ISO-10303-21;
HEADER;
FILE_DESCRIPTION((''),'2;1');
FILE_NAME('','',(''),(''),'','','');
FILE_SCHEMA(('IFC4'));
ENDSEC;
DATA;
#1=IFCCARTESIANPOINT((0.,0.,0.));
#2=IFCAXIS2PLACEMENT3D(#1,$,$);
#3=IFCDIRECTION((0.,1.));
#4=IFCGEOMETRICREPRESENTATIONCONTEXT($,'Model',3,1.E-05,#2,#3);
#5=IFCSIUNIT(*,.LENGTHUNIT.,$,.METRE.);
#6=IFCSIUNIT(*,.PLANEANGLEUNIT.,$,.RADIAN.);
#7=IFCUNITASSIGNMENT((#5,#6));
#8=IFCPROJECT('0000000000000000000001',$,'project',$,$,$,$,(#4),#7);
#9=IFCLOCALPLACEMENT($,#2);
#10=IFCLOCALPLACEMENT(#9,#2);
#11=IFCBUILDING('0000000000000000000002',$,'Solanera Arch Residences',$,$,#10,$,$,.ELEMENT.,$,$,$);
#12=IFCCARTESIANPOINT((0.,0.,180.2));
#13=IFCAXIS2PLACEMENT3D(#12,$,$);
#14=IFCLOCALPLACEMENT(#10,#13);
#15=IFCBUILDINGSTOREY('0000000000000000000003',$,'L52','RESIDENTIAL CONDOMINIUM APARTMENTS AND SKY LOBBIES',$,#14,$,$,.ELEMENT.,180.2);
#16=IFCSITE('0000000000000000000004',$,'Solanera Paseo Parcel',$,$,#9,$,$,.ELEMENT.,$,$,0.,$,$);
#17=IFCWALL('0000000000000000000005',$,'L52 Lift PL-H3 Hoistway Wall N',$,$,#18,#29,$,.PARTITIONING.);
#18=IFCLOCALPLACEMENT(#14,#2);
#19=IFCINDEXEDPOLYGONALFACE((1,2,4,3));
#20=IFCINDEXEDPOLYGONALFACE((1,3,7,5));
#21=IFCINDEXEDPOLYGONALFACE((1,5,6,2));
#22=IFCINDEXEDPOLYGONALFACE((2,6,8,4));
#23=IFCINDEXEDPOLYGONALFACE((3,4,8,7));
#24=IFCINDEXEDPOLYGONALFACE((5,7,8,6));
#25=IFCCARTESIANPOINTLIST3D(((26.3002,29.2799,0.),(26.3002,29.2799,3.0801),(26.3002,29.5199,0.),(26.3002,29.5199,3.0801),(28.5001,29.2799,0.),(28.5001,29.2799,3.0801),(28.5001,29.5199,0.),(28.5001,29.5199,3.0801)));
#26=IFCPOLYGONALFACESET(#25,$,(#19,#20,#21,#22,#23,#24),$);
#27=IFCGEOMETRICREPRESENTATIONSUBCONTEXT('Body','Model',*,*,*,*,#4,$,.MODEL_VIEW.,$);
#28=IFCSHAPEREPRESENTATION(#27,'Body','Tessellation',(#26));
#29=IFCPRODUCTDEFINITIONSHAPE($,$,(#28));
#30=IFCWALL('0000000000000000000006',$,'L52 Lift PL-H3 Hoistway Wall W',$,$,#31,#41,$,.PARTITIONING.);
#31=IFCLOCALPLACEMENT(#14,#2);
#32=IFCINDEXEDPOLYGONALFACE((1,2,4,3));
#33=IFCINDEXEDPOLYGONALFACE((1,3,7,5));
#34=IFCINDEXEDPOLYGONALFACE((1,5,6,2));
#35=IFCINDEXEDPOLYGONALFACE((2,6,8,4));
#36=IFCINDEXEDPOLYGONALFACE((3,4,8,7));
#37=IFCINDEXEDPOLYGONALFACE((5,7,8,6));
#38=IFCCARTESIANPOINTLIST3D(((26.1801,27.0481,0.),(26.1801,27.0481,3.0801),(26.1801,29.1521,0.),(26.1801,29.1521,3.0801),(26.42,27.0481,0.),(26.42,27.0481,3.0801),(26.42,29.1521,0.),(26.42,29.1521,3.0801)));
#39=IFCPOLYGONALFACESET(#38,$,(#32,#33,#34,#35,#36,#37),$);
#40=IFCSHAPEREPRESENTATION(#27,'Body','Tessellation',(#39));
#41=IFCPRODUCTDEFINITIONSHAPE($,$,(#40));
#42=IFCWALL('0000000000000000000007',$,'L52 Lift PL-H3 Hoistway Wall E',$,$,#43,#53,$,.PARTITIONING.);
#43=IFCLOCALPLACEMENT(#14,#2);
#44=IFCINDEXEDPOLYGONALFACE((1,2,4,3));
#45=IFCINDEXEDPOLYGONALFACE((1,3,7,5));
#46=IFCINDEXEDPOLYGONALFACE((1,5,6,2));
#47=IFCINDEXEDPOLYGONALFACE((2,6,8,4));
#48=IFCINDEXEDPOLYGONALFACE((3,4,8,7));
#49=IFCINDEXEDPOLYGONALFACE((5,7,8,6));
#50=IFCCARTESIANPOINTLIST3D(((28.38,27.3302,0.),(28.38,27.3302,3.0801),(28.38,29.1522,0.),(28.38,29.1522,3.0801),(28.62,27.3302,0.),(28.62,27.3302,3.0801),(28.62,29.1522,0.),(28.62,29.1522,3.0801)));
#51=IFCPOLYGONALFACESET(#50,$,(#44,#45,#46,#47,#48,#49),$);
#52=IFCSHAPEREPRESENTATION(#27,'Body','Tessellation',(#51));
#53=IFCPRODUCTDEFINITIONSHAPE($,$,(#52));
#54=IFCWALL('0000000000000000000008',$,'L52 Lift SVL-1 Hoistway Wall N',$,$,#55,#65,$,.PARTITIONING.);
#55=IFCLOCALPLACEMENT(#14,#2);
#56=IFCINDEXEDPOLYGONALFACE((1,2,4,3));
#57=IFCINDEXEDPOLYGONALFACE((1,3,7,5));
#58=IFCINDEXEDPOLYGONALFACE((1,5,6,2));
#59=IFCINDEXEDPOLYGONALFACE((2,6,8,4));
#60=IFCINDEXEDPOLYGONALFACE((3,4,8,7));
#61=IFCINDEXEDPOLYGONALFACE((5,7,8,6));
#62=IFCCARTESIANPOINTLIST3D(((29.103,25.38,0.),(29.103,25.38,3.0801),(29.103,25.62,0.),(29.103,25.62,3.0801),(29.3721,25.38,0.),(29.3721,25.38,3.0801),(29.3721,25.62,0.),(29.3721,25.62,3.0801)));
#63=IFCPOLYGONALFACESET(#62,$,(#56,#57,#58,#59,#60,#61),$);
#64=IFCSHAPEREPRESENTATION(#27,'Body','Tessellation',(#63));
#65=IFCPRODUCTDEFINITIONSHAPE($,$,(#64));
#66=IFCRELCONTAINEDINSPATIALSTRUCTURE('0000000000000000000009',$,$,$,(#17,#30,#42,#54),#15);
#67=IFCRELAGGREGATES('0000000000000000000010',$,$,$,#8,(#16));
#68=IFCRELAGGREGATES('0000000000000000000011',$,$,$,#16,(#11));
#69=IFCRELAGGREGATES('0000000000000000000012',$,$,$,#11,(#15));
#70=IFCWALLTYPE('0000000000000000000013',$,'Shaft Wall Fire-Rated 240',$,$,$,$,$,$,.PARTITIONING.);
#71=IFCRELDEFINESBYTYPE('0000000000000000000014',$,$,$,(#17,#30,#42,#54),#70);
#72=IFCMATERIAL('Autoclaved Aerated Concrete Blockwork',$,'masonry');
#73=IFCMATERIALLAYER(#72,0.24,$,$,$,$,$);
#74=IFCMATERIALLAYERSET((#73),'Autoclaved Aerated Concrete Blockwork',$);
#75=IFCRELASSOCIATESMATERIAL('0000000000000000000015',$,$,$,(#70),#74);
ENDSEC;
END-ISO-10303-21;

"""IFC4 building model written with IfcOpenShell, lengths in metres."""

from ifc_helpers import new_model, si_unit, direction, frame, frame_2d, origin, place, context, subcontext, project, spatial, rectangle, extrude, material, layer, layer_set, type_object, element, save


model = new_model("IFC4")

# Units and contexts
model_context = context("Model", 3, precision=1e-05, world=origin(), true_north=direction((0.0, 1.0)))
body_context = subcontext(model_context, "Body", "Model", "MODEL_VIEW")
ifc_project = project(units=[si_unit("LENGTHUNIT", "METRE"), si_unit("PLANEANGLEUNIT", "RADIAN")], contexts=[model_context])

# Site, building, storey
site_placement = place(None, origin())
site = spatial("IfcSite", under=ifc_project, at=site_placement, Name="Solanera Paseo Parcel", CompositionType="ELEMENT", RefElevation=0.0)
building_placement = place(site_placement, origin())
building = spatial("IfcBuilding", under=site, at=building_placement, Name="Solanera Arch Residences", CompositionType="ELEMENT")
storey_placement = place(building_placement, frame((0.0, 0.0, 180.2)))
storey = spatial("IfcBuildingStorey", under=building, at=storey_placement, Name="L52", Description="RESIDENTIAL CONDOMINIUM APARTMENTS AND SKY LOBBIES", CompositionType="ELEMENT", Elevation=180.2)

# Walls
ifc_material_1 = material(Name="Autoclaved Aerated Concrete Blockwork", Category="masonry")
ifc_layer_1 = layer(ifc_material_1, 0.24)
ifc_layer_set_1 = layer_set([ifc_layer_1], Name="Autoclaved Aerated Concrete Blockwork")
wall_type_1 = type_object("IfcWallType", Name="Shaft Wall Fire-Rated 240", PredefinedType="PARTITIONING", material=ifc_layer_set_1)
wall_1_placement = place(storey_placement, frame((26.3, 29.3999, 0.0), z_axis=(0.0, 0.0, 1.0), x_axis=(1.0, 0.0, 0.0)))
element("IfcWall", 1, at=wall_1_placement, inside=storey, type_object=wall_type_1, Name="L52 Lift PL-H3 Hoistway Wall N", PredefinedType="PARTITIONING", context=body_context, shape_type="SweptSolid", body=[
    extrude(rectangle(XDim=2.2, YDim=0.24, at=frame_2d((1.1001, 0.0))), origin(), (0.0, 0.0, 1.0), 3.0801),
])
wall_2_placement = place(storey_placement, frame((26.3, 27.0481, 0.0), z_axis=(0.0, 0.0, 1.0), x_axis=(0.0, 1.0, 0.0)))
element("IfcWall", 2, at=wall_2_placement, inside=storey, type_object=wall_type_1, Name="L52 Lift PL-H3 Hoistway Wall W", PredefinedType="PARTITIONING", context=body_context, shape_type="SweptSolid", body=[
    extrude(rectangle(XDim=2.104, YDim=0.24, at=frame_2d((1.052, 0.0))), origin(), (0.0, 0.0, 1.0), 3.0801),
])
wall_3_placement = place(storey_placement, frame((28.5, 27.3301, 0.0), z_axis=(0.0, 0.0, 1.0), x_axis=(0.0, 1.0, 0.0)))
element("IfcWall", 3, at=wall_3_placement, inside=storey, type_object=wall_type_1, Name="L52 Lift PL-H3 Hoistway Wall E", PredefinedType="PARTITIONING", context=body_context, shape_type="SweptSolid", body=[
    extrude(rectangle(XDim=1.822, YDim=0.24, at=frame_2d((0.9111, 0.0))), origin(), (0.0, 0.0, 1.0), 3.0801),
])
wall_4_placement = place(storey_placement, frame((29.103, 25.5, 0.0), z_axis=(0.0, 0.0, 1.0), x_axis=(1.0, 0.0, 0.0)))
element("IfcWall", 4, at=wall_4_placement, inside=storey, type_object=wall_type_1, Name="L52 Lift SVL-1 Hoistway Wall N", PredefinedType="PARTITIONING", context=body_context, shape_type="SweptSolid", body=[
    extrude(rectangle(XDim=0.269, YDim=0.24, at=frame_2d((0.1345, 0.0))), origin(), (0.0, 0.0, 1.0), 3.0801),
])

save(model, "model.ifc")
